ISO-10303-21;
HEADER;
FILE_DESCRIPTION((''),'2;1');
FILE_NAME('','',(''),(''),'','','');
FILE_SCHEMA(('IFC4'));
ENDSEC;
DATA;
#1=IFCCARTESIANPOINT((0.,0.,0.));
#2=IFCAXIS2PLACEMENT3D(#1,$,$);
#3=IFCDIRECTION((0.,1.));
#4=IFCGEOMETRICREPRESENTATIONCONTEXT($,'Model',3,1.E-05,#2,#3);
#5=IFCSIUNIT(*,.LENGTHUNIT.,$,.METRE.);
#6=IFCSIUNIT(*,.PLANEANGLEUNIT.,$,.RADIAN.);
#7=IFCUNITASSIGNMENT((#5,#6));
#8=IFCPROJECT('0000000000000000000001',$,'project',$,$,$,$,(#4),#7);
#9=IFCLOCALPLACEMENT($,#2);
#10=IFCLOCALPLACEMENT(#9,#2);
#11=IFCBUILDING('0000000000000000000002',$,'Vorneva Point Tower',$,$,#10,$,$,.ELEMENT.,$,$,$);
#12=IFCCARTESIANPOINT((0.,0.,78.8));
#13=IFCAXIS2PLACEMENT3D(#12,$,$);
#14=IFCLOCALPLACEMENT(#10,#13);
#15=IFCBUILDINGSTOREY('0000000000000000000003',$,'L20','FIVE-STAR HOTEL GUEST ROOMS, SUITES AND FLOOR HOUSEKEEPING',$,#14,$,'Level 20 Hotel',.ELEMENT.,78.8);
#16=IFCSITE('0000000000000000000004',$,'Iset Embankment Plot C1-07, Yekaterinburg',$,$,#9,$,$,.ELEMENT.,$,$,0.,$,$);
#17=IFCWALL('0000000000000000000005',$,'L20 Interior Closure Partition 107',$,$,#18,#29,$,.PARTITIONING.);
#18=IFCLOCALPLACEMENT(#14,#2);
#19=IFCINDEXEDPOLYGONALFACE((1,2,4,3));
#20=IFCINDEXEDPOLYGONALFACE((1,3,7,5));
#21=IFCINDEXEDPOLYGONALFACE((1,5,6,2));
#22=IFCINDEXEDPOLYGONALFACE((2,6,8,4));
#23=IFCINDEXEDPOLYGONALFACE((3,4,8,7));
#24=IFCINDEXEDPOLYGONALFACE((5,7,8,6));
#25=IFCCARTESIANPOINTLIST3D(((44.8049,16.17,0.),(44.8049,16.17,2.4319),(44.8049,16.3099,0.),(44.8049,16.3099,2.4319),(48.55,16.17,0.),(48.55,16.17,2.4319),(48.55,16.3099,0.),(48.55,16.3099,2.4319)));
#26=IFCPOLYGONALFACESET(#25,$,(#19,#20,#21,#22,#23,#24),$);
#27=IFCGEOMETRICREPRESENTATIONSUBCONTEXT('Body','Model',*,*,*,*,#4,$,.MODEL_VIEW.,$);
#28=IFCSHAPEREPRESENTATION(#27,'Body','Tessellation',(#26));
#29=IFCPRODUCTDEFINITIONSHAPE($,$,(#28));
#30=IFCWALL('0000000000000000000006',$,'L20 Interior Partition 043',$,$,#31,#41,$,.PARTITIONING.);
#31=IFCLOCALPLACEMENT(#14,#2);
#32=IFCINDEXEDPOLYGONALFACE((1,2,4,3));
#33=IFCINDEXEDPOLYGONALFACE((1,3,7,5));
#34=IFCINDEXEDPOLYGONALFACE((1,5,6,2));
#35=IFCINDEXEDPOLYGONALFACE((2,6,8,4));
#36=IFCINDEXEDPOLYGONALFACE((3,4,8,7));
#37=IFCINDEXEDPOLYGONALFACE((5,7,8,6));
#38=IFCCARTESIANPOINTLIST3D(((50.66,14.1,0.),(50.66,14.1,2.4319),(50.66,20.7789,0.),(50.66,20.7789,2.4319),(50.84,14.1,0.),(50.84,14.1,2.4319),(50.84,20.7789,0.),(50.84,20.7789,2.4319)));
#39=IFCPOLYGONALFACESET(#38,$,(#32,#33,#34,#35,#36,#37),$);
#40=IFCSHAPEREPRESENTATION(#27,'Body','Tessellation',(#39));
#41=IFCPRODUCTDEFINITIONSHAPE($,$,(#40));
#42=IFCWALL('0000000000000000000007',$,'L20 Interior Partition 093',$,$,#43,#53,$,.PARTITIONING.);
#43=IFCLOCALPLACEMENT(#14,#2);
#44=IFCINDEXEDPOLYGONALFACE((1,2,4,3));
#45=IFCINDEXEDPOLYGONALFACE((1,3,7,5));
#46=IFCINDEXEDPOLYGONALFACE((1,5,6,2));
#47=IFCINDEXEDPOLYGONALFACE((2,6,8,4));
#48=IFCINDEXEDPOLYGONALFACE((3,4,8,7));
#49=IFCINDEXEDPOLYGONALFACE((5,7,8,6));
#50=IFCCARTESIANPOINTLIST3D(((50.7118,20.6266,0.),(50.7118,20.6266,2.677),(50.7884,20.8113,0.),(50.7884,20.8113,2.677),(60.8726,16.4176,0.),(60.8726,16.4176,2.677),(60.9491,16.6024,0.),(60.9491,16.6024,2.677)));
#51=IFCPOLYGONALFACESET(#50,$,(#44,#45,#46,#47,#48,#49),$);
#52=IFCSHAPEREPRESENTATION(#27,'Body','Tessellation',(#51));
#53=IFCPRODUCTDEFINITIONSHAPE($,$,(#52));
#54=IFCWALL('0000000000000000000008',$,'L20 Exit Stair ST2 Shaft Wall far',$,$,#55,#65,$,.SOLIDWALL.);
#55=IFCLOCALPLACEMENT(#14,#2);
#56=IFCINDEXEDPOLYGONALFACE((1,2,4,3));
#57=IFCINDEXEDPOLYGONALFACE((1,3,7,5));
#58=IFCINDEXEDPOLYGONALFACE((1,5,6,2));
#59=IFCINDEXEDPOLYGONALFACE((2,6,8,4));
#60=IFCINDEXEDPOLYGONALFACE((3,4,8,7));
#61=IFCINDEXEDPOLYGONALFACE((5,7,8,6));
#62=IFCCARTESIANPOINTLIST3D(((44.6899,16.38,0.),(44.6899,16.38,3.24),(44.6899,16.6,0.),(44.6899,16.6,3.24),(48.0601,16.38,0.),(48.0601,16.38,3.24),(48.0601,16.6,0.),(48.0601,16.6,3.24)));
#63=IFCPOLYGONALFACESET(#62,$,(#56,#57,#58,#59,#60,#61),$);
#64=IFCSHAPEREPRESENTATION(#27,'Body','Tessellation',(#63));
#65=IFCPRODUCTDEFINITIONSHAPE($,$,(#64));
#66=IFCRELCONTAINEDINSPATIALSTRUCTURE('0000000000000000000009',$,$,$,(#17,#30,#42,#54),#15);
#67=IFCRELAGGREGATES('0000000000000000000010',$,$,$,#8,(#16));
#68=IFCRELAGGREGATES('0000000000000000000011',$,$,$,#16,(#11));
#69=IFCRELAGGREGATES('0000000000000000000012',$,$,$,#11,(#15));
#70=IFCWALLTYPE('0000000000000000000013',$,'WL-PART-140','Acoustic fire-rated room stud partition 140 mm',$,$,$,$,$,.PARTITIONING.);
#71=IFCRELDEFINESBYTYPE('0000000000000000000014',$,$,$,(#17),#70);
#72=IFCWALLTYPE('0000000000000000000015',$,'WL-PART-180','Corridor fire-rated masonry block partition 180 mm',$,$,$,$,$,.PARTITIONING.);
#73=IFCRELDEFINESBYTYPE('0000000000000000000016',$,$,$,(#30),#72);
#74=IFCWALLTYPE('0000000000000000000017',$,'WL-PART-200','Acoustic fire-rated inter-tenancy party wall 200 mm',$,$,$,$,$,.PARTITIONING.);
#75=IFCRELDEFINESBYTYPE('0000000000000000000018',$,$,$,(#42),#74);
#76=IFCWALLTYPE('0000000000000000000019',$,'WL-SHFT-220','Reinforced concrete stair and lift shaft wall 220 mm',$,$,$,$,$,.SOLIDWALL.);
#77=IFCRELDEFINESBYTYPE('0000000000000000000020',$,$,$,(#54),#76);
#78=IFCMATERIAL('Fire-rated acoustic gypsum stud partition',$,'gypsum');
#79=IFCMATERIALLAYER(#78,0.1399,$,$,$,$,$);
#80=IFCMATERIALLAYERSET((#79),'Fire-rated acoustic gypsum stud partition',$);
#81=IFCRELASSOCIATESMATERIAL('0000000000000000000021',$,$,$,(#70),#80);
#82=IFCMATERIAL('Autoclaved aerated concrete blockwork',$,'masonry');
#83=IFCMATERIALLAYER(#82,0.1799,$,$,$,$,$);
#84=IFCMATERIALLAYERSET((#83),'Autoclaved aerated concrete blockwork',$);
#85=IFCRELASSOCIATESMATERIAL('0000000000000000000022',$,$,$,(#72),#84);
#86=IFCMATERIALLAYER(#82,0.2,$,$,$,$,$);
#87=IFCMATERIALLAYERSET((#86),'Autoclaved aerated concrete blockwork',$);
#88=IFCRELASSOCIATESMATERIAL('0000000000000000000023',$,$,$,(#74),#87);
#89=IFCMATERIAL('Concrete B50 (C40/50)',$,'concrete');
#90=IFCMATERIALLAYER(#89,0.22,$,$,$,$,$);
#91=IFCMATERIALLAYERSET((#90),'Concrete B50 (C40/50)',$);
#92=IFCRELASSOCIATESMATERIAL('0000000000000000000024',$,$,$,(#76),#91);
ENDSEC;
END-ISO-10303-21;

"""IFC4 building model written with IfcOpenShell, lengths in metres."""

from ifc_helpers import new_model, si_unit, direction, frame, frame_2d, origin, place, context, subcontext, project, spatial, rectangle, extrude, material, layer, layer_set, type_object, element, save


model = new_model("IFC4")

# Units and contexts
model_context = context("Model", 3, precision=1e-05, world=origin(), true_north=direction((0.0, 1.0)))
body_context = subcontext(model_context, "Body", "Model", "MODEL_VIEW")
ifc_project = project(units=[si_unit("LENGTHUNIT", "METRE"), si_unit("PLANEANGLEUNIT", "RADIAN")], contexts=[model_context])

# Site, building, storey
site_placement = place(None, origin())
site = spatial("IfcSite", under=ifc_project, at=site_placement, Name="Iset Embankment Plot C1-07, Yekaterinburg", CompositionType="ELEMENT", RefElevation=0.0)
building_placement = place(site_placement, origin())
building = spatial("IfcBuilding", under=site, at=building_placement, Name="Vorneva Point Tower", CompositionType="ELEMENT")
storey_placement = place(building_placement, frame((0.0, 0.0, 78.8)))
storey = spatial("IfcBuildingStorey", under=building, at=storey_placement, Name="L20", Description="FIVE-STAR HOTEL GUEST ROOMS, SUITES AND FLOOR HOUSEKEEPING", LongName="Level 20 Hotel", CompositionType="ELEMENT", Elevation=78.8)

# Walls
ifc_material_1 = material(Name="Fire-rated acoustic gypsum stud partition", Category="gypsum")
ifc_layer_1 = layer(ifc_material_1, 0.1399)
ifc_layer_set_1 = layer_set([ifc_layer_1], Name="Fire-rated acoustic gypsum stud partition")
wall_type_1 = type_object("IfcWallType", Name="WL-PART-140", Description="Acoustic fire-rated room stud partition 140 mm", PredefinedType="PARTITIONING", material=ifc_layer_set_1)
wall_1_placement = place(storey_placement, frame((48.55, 16.24, 0.0), z_axis=(0.0, 0.0, 1.0), x_axis=(-1.0, 0.0, 0.0)))
element("IfcWall", 1, at=wall_1_placement, inside=storey, type_object=wall_type_1, Name="L20 Interior Closure Partition 107", PredefinedType="PARTITIONING", context=body_context, shape_type="SweptSolid", body=[
    extrude(rectangle(XDim=3.7451, YDim=0.1399, at=frame_2d((1.8726, 0.0))), origin(), (0.0, 0.0, 1.0), 2.4319),
])
ifc_material_2 = material(Name="Autoclaved aerated concrete blockwork", Category="masonry")
ifc_layer_2 = layer(ifc_material_2, 0.1799)
ifc_layer_set_2 = layer_set([ifc_layer_2], Name="Autoclaved aerated concrete blockwork")
wall_type_2 = type_object("IfcWallType", Name="WL-PART-180", Description="Corridor fire-rated masonry block partition 180 mm", PredefinedType="PARTITIONING", material=ifc_layer_set_2)
wall_2_placement = place(storey_placement, frame((50.75, 14.1001, 0.0), z_axis=(0.0, 0.0, 1.0), x_axis=(0.0, 1.0, 0.0)))
element("IfcWall", 2, at=wall_2_placement, inside=storey, type_object=wall_type_2, Name="L20 Interior Partition 043", PredefinedType="PARTITIONING", context=body_context, shape_type="SweptSolid", body=[
    extrude(rectangle(XDim=6.679, YDim=0.1799, at=frame_2d((3.3394, 0.0))), origin(), (0.0, 0.0, 1.0), 2.4319),
])
ifc_layer_3 = layer(ifc_material_2, 0.2)
ifc_layer_set_3 = layer_set([ifc_layer_3], Name="Autoclaved aerated concrete blockwork")
wall_type_3 = type_object("IfcWallType", Name="WL-PART-200", Description="Acoustic fire-rated inter-tenancy party wall 200 mm", PredefinedType="PARTITIONING", material=ifc_layer_set_3)
wall_3_placement = place(storey_placement, frame((60.9109, 16.51, 0.0), z_axis=(0.0, 0.0, 1.0), x_axis=(-0.923873, 0.382699, 0.0)))
element("IfcWall", 3, at=wall_3_placement, inside=storey, type_object=wall_type_3, Name="L20 Interior Partition 093", PredefinedType="PARTITIONING", context=body_context, shape_type="SweptSolid", body=[
    extrude(rectangle(XDim=10.998, YDim=0.2, at=frame_2d((5.499, 0.0))), origin(), (0.0, 0.0, 1.0), 2.677),
])
ifc_material_3 = material(Name="Concrete B50 (C40/50)", Category="concrete")
ifc_layer_4 = layer(ifc_material_3, 0.22)
ifc_layer_set_4 = layer_set([ifc_layer_4], Name="Concrete B50 (C40/50)")
wall_type_4 = type_object("IfcWallType", Name="WL-SHFT-220", Description="Reinforced concrete stair and lift shaft wall 220 mm", PredefinedType="SOLIDWALL", material=ifc_layer_set_4)
wall_4_placement = place(storey_placement, frame((48.0601, 16.49, 0.0), z_axis=(0.0, 0.0, 1.0), x_axis=(-1.0, 0.0, 0.0)))
element("IfcWall", 4, at=wall_4_placement, inside=storey, type_object=wall_type_4, Name="L20 Exit Stair ST2 Shaft Wall far", PredefinedType="SOLIDWALL", context=body_context, shape_type="SweptSolid", body=[
    extrude(rectangle(XDim=3.3701, YDim=0.22, at=frame_2d((1.6851, 0.0))), origin(), (0.0, 0.0, 1.0), 3.24),
])

save(model, "model.ifc")
